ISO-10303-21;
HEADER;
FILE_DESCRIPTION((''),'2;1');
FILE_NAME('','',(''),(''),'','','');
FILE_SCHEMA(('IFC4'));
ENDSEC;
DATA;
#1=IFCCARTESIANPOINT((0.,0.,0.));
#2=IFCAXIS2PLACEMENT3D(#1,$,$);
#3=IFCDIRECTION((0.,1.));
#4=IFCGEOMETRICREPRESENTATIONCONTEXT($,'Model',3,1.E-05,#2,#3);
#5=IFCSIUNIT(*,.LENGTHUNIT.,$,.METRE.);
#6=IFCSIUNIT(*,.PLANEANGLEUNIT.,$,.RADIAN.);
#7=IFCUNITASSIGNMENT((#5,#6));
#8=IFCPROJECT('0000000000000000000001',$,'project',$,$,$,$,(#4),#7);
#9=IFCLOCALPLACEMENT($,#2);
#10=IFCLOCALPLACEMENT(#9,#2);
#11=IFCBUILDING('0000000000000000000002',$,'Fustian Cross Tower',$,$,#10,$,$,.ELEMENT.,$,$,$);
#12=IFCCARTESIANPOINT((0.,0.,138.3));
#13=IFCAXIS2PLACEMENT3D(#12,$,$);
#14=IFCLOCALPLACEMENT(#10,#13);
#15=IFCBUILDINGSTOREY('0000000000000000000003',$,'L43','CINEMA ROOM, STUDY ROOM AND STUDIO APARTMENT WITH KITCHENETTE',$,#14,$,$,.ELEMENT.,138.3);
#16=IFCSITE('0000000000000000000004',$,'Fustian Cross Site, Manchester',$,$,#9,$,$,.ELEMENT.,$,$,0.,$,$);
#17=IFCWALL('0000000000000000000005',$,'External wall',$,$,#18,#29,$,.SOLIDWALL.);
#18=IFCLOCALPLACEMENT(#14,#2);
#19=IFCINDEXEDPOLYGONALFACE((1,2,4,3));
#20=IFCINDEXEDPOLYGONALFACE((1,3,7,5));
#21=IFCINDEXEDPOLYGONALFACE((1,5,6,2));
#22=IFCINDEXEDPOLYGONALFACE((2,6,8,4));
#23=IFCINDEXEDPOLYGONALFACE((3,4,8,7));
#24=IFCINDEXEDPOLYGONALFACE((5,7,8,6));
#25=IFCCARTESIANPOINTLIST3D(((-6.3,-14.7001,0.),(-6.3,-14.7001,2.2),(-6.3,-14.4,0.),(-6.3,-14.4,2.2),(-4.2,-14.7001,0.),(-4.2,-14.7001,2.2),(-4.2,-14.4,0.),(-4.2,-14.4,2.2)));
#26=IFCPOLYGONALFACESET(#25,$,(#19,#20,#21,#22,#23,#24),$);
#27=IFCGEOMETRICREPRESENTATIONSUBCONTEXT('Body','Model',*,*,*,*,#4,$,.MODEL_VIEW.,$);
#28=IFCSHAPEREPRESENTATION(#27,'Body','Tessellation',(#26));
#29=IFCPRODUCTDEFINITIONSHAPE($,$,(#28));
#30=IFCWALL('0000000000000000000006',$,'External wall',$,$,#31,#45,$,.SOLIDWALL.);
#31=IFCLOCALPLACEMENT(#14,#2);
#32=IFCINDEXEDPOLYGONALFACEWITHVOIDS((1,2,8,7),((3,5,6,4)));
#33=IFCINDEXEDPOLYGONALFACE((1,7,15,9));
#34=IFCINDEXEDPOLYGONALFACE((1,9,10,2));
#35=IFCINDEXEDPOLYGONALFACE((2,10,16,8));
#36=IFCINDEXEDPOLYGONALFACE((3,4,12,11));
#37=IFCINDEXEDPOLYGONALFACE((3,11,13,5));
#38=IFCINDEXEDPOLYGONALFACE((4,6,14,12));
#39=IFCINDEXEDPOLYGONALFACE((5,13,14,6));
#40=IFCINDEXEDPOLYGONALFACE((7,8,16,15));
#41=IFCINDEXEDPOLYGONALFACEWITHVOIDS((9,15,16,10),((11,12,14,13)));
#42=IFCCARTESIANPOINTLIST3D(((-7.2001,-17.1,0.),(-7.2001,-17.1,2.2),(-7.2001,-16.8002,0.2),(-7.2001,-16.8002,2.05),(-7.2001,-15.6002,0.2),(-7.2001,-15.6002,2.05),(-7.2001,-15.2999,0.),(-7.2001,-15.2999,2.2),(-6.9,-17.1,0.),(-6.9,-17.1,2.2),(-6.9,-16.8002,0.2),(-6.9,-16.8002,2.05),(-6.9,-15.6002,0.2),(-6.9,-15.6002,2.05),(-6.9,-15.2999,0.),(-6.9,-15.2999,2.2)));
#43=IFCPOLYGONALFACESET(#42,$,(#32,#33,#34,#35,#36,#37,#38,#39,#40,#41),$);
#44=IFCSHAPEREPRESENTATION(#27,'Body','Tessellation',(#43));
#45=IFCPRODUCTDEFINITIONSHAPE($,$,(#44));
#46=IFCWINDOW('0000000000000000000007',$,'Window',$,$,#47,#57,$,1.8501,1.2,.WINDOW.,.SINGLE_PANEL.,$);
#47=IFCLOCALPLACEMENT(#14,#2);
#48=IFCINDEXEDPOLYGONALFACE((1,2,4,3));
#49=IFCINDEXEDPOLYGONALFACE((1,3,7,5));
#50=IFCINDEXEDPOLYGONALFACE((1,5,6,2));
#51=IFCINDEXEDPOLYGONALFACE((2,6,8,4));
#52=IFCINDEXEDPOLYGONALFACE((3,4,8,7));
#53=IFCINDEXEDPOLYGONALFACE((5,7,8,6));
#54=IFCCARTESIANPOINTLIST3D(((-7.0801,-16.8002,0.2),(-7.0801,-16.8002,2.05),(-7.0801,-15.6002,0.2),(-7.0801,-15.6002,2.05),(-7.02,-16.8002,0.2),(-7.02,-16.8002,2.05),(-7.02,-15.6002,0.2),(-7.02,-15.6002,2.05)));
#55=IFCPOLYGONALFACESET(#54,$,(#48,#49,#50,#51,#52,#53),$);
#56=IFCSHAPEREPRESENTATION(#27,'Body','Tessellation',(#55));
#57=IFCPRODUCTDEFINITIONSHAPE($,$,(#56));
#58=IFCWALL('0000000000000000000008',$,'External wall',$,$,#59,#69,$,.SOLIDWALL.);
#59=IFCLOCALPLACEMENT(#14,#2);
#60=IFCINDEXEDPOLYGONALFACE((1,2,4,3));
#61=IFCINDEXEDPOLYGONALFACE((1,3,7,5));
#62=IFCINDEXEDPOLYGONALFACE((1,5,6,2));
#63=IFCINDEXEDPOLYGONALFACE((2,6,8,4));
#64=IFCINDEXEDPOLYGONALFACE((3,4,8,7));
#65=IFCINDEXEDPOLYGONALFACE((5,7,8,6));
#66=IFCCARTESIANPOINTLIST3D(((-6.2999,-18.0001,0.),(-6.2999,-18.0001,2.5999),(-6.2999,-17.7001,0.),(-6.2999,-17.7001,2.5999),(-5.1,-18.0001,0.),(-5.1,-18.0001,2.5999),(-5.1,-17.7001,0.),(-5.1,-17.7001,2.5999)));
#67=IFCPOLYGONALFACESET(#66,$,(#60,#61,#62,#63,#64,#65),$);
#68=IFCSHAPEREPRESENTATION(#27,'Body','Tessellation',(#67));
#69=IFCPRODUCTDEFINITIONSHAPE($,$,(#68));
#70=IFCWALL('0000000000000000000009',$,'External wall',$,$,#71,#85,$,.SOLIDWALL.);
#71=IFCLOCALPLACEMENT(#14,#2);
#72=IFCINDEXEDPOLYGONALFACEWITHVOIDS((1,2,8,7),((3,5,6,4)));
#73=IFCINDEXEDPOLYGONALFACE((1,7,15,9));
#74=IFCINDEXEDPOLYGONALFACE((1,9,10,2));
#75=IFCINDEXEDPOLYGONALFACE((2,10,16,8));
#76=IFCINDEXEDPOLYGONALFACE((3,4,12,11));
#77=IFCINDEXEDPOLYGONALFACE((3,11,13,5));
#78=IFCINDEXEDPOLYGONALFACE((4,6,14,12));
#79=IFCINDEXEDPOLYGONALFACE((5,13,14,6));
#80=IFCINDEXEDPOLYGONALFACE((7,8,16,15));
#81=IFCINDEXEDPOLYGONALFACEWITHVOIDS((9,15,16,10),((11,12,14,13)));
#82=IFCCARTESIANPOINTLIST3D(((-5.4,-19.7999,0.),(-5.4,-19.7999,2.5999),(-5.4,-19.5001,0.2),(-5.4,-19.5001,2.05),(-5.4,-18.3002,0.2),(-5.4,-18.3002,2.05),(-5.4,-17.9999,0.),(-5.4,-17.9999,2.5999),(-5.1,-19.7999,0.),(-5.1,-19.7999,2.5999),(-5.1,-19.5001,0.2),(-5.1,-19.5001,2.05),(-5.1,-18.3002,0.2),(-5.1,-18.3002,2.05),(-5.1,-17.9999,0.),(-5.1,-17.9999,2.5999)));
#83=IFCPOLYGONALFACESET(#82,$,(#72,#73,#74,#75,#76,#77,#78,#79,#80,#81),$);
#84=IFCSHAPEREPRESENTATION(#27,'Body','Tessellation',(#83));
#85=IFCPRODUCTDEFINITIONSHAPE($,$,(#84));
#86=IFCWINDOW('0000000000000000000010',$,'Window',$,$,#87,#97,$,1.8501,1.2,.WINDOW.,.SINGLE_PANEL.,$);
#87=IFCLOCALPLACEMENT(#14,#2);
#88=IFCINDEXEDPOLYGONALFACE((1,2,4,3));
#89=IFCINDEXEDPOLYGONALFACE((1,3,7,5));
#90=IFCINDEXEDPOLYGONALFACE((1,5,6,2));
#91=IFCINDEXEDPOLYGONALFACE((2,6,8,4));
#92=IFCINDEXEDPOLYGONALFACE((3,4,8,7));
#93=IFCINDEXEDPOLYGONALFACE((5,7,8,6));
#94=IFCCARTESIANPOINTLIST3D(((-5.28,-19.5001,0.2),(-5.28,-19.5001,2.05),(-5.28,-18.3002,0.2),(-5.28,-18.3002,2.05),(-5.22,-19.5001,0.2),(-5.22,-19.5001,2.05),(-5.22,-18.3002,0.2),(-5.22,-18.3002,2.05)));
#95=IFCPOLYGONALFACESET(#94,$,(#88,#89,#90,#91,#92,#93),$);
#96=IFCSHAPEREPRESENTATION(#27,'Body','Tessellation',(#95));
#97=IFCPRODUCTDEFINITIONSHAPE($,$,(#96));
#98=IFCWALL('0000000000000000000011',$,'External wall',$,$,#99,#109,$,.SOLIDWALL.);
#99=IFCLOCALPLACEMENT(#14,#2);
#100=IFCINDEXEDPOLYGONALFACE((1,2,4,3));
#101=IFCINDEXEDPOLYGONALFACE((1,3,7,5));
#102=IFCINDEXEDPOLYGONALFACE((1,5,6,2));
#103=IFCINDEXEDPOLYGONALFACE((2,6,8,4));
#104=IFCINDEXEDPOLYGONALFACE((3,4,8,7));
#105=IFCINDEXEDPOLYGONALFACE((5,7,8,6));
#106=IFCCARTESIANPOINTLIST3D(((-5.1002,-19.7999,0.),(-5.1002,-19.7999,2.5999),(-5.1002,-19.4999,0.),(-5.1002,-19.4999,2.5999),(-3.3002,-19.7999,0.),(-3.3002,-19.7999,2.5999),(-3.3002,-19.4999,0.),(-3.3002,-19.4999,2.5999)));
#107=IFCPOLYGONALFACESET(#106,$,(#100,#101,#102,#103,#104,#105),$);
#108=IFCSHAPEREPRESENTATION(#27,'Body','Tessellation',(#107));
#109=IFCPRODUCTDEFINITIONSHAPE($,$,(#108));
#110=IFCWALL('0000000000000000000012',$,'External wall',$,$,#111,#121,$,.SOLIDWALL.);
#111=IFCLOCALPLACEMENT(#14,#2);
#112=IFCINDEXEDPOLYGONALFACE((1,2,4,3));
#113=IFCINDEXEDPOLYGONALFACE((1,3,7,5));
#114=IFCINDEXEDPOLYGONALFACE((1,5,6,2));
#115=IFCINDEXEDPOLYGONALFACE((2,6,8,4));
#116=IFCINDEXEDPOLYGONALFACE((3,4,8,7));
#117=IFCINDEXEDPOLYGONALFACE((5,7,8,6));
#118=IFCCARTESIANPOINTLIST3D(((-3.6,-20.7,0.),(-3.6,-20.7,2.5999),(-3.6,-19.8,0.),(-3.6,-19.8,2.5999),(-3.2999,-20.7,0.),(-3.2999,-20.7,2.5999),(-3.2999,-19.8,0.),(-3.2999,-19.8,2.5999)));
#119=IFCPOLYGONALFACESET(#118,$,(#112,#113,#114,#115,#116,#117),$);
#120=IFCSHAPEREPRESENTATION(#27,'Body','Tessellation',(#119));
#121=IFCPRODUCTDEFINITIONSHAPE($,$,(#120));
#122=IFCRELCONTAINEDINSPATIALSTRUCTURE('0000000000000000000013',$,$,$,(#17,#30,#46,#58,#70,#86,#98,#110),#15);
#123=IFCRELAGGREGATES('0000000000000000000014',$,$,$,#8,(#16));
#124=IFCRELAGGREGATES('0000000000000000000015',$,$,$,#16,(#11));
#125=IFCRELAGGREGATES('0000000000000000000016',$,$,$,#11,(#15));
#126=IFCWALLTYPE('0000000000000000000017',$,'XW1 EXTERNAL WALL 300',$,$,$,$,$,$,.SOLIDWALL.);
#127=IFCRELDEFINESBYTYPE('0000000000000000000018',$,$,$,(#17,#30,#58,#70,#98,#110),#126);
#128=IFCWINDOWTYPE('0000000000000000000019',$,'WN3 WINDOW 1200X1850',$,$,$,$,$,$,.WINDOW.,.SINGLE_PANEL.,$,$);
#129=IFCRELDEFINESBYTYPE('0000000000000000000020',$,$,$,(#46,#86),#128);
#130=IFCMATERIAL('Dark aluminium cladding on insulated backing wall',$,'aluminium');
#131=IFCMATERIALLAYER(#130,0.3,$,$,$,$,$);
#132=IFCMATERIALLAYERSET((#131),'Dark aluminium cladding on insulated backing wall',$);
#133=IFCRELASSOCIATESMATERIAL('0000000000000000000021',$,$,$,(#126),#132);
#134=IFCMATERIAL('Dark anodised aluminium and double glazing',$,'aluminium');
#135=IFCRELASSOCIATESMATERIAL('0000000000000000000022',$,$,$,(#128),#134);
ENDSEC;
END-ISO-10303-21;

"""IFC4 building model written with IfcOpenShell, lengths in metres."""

from ifc_helpers import new_model, si_unit, direction, frame, frame_2d, origin, place, context, subcontext, project, spatial, rectangle, extrude, material, layer, layer_set, type_object, element, fill, save


model = new_model("IFC4")

# Units and contexts
model_context = context("Model", 3, precision=1e-05, world=origin(), true_north=direction((0.0, 1.0)))
body_context = subcontext(model_context, "Body", "Model", "MODEL_VIEW")
ifc_project = project(units=[si_unit("LENGTHUNIT", "METRE"), si_unit("PLANEANGLEUNIT", "RADIAN")], contexts=[model_context])

# Site, building, storey
site_placement = place(None, origin())
site = spatial("IfcSite", under=ifc_project, at=site_placement, Name="Fustian Cross Site, Manchester", CompositionType="ELEMENT", RefElevation=0.0)
building_placement = place(site_placement, origin())
building = spatial("IfcBuilding", under=site, at=building_placement, Name="Fustian Cross Tower", CompositionType="ELEMENT")
storey_placement = place(building_placement, frame((0.0, 0.0, 138.3)))
storey = spatial("IfcBuildingStorey", under=building, at=storey_placement, Name="L43", Description="CINEMA ROOM, STUDY ROOM AND STUDIO APARTMENT WITH KITCHENETTE", CompositionType="ELEMENT", Elevation=138.3)

# Wall
ifc_material_1 = material(Name="Dark aluminium cladding on insulated backing wall", Category="aluminium")
ifc_layer_1 = layer(ifc_material_1, 0.3)
ifc_layer_set_1 = layer_set([ifc_layer_1], Name="Dark aluminium cladding on insulated backing wall")
wall_type_1 = type_object("IfcWallType", Name="XW1 EXTERNAL WALL 300", PredefinedType="SOLIDWALL", material=ifc_layer_set_1)
wall_1_placement = place(storey_placement, frame((-4.2, -14.55, 0.0), z_axis=(0.0, 0.0, 1.0), x_axis=(-1.0, 0.0, 0.0)))
element("IfcWall", 1, at=wall_1_placement, inside=storey, type_object=wall_type_1, Name="External wall", PredefinedType="SOLIDWALL", context=body_context, shape_type="SweptSolid", body=[
    extrude(rectangle(XDim=2.1001, YDim=0.3, at=frame_2d((1.05, 0.0))), origin(), (0.0, 0.0, 1.0), 2.2),
])

# Wall, opening, window
wall_2_placement = place(storey_placement, frame((-7.05, -15.3, 0.0), z_axis=(0.0, 0.0, 1.0), x_axis=(0.0, -1.0, 0.0)))
wall_2 = element("IfcWall", 2, at=wall_2_placement, inside=storey, type_object=wall_type_1, Name="External wall", PredefinedType="SOLIDWALL", context=body_context, shape_type="SweptSolid", body=[
    extrude(rectangle(XDim=1.8, YDim=0.3, at=frame_2d((0.8999, 0.0))), origin(), (0.0, 0.0, 1.0), 2.2),
])
opening_1_placement = place(wall_2_placement, frame((0.3, 0.0, 0.2)))
opening_1 = element("IfcOpeningElement", 3, at=opening_1_placement, cuts=wall_2, PredefinedType="OPENING", context=body_context, shape_type="SweptSolid", body=[
    extrude(rectangle(XDim=1.2, YDim=1.8501, at=frame_2d((0.6001, 0.925))), frame((0.0, 0.1599, 0.0), z_axis=(0.0, -1.0, 0.0), x_axis=(1.0, 0.0, 0.0)), (0.0, 0.0, 1.0), 0.3201),
])
ifc_material_2 = material(Name="Dark anodised aluminium and double glazing", Category="aluminium")
window_type_1 = type_object("IfcWindowType", Name="WN3 WINDOW 1200X1850", PartitioningType="SINGLE_PANEL", PredefinedType="WINDOW", material=ifc_material_2)
window_1_placement = place(opening_1_placement, origin())
window_1 = element("IfcWindow", 4, at=window_1_placement, inside=storey, type_object=window_type_1, Name="Window", OverallHeight=1.8501, OverallWidth=1.2, PartitioningType="SINGLE_PANEL", PredefinedType="WINDOW", context=body_context, shape_type="SweptSolid", body=[
    extrude(rectangle(XDim=1.2, YDim=1.8501, at=frame_2d((0.6001, 0.925))), frame((0.0, 0.03, 0.0), z_axis=(0.0, -1.0, 0.0), x_axis=(1.0, 0.0, 0.0)), (0.0, 0.0, 1.0), 0.0601),
])
fill(opening_1, window_1)

# Wall
wall_3_placement = place(storey_placement, frame((-6.3, -17.8501, 0.0), z_axis=(0.0, 0.0, 1.0), x_axis=(1.0, 0.0, 0.0)))
element("IfcWall", 5, at=wall_3_placement, inside=storey, type_object=wall_type_1, Name="External wall", PredefinedType="SOLIDWALL", context=body_context, shape_type="SweptSolid", body=[
    extrude(rectangle(XDim=1.2, YDim=0.3, at=frame_2d((0.6001, 0.0))), origin(), (0.0, 0.0, 1.0), 2.5999),
])

# Wall, opening, window
wall_4_placement = place(storey_placement, frame((-5.25, -18.0, 0.0), z_axis=(0.0, 0.0, 1.0), x_axis=(0.0, -1.0, 0.0)))
wall_4 = element("IfcWall", 6, at=wall_4_placement, inside=storey, type_object=wall_type_1, Name="External wall", PredefinedType="SOLIDWALL", context=body_context, shape_type="SweptSolid", body=[
    extrude(rectangle(XDim=1.8, YDim=0.3, at=frame_2d((0.8999, 0.0))), origin(), (0.0, 0.0, 1.0), 2.5999),
])
opening_2_placement = place(wall_4_placement, frame((0.3, 0.0, 0.2)))
opening_2 = element("IfcOpeningElement", 7, at=opening_2_placement, cuts=wall_4, PredefinedType="OPENING", context=body_context, shape_type="SweptSolid", body=[
    extrude(rectangle(XDim=1.2, YDim=1.8501, at=frame_2d((0.6001, 0.925))), frame((0.0, 0.1599, 0.0), z_axis=(0.0, -1.0, 0.0), x_axis=(1.0, 0.0, 0.0)), (0.0, 0.0, 1.0), 0.3201),
])
window_2_placement = place(opening_2_placement, origin())
window_2 = element("IfcWindow", 8, at=window_2_placement, inside=storey, type_object=window_type_1, Name="Window", OverallHeight=1.8501, OverallWidth=1.2, PartitioningType="SINGLE_PANEL", PredefinedType="WINDOW", context=body_context, shape_type="SweptSolid", body=[
    extrude(rectangle(XDim=1.2, YDim=1.8501, at=frame_2d((0.6001, 0.925))), frame((0.0, 0.03, 0.0), z_axis=(0.0, -1.0, 0.0), x_axis=(1.0, 0.0, 0.0)), (0.0, 0.0, 1.0), 0.0601),
])
fill(opening_2, window_2)

# Walls
wall_5_placement = place(storey_placement, frame((-5.1001, -19.6499, 0.0), z_axis=(0.0, 0.0, 1.0), x_axis=(1.0, 0.0, 0.0)))
element("IfcWall", 9, at=wall_5_placement, inside=storey, type_object=wall_type_1, Name="External wall", PredefinedType="SOLIDWALL", context=body_context, shape_type="SweptSolid", body=[
    extrude(rectangle(XDim=1.8, YDim=0.3, at=frame_2d((0.8999, 0.0))), origin(), (0.0, 0.0, 1.0), 2.5999),
])
wall_6_placement = place(storey_placement, frame((-3.45, -19.8, 0.0), z_axis=(0.0, 0.0, 1.0), x_axis=(0.0, -1.0, 0.0)))
element("IfcWall", 10, at=wall_6_placement, inside=storey, type_object=wall_type_1, Name="External wall", PredefinedType="SOLIDWALL", context=body_context, shape_type="SweptSolid", body=[
    extrude(rectangle(XDim=0.8999, YDim=0.3, at=frame_2d((0.45, 0.0))), origin(), (0.0, 0.0, 1.0), 2.5999),
])

save(model, "model.ifc")
